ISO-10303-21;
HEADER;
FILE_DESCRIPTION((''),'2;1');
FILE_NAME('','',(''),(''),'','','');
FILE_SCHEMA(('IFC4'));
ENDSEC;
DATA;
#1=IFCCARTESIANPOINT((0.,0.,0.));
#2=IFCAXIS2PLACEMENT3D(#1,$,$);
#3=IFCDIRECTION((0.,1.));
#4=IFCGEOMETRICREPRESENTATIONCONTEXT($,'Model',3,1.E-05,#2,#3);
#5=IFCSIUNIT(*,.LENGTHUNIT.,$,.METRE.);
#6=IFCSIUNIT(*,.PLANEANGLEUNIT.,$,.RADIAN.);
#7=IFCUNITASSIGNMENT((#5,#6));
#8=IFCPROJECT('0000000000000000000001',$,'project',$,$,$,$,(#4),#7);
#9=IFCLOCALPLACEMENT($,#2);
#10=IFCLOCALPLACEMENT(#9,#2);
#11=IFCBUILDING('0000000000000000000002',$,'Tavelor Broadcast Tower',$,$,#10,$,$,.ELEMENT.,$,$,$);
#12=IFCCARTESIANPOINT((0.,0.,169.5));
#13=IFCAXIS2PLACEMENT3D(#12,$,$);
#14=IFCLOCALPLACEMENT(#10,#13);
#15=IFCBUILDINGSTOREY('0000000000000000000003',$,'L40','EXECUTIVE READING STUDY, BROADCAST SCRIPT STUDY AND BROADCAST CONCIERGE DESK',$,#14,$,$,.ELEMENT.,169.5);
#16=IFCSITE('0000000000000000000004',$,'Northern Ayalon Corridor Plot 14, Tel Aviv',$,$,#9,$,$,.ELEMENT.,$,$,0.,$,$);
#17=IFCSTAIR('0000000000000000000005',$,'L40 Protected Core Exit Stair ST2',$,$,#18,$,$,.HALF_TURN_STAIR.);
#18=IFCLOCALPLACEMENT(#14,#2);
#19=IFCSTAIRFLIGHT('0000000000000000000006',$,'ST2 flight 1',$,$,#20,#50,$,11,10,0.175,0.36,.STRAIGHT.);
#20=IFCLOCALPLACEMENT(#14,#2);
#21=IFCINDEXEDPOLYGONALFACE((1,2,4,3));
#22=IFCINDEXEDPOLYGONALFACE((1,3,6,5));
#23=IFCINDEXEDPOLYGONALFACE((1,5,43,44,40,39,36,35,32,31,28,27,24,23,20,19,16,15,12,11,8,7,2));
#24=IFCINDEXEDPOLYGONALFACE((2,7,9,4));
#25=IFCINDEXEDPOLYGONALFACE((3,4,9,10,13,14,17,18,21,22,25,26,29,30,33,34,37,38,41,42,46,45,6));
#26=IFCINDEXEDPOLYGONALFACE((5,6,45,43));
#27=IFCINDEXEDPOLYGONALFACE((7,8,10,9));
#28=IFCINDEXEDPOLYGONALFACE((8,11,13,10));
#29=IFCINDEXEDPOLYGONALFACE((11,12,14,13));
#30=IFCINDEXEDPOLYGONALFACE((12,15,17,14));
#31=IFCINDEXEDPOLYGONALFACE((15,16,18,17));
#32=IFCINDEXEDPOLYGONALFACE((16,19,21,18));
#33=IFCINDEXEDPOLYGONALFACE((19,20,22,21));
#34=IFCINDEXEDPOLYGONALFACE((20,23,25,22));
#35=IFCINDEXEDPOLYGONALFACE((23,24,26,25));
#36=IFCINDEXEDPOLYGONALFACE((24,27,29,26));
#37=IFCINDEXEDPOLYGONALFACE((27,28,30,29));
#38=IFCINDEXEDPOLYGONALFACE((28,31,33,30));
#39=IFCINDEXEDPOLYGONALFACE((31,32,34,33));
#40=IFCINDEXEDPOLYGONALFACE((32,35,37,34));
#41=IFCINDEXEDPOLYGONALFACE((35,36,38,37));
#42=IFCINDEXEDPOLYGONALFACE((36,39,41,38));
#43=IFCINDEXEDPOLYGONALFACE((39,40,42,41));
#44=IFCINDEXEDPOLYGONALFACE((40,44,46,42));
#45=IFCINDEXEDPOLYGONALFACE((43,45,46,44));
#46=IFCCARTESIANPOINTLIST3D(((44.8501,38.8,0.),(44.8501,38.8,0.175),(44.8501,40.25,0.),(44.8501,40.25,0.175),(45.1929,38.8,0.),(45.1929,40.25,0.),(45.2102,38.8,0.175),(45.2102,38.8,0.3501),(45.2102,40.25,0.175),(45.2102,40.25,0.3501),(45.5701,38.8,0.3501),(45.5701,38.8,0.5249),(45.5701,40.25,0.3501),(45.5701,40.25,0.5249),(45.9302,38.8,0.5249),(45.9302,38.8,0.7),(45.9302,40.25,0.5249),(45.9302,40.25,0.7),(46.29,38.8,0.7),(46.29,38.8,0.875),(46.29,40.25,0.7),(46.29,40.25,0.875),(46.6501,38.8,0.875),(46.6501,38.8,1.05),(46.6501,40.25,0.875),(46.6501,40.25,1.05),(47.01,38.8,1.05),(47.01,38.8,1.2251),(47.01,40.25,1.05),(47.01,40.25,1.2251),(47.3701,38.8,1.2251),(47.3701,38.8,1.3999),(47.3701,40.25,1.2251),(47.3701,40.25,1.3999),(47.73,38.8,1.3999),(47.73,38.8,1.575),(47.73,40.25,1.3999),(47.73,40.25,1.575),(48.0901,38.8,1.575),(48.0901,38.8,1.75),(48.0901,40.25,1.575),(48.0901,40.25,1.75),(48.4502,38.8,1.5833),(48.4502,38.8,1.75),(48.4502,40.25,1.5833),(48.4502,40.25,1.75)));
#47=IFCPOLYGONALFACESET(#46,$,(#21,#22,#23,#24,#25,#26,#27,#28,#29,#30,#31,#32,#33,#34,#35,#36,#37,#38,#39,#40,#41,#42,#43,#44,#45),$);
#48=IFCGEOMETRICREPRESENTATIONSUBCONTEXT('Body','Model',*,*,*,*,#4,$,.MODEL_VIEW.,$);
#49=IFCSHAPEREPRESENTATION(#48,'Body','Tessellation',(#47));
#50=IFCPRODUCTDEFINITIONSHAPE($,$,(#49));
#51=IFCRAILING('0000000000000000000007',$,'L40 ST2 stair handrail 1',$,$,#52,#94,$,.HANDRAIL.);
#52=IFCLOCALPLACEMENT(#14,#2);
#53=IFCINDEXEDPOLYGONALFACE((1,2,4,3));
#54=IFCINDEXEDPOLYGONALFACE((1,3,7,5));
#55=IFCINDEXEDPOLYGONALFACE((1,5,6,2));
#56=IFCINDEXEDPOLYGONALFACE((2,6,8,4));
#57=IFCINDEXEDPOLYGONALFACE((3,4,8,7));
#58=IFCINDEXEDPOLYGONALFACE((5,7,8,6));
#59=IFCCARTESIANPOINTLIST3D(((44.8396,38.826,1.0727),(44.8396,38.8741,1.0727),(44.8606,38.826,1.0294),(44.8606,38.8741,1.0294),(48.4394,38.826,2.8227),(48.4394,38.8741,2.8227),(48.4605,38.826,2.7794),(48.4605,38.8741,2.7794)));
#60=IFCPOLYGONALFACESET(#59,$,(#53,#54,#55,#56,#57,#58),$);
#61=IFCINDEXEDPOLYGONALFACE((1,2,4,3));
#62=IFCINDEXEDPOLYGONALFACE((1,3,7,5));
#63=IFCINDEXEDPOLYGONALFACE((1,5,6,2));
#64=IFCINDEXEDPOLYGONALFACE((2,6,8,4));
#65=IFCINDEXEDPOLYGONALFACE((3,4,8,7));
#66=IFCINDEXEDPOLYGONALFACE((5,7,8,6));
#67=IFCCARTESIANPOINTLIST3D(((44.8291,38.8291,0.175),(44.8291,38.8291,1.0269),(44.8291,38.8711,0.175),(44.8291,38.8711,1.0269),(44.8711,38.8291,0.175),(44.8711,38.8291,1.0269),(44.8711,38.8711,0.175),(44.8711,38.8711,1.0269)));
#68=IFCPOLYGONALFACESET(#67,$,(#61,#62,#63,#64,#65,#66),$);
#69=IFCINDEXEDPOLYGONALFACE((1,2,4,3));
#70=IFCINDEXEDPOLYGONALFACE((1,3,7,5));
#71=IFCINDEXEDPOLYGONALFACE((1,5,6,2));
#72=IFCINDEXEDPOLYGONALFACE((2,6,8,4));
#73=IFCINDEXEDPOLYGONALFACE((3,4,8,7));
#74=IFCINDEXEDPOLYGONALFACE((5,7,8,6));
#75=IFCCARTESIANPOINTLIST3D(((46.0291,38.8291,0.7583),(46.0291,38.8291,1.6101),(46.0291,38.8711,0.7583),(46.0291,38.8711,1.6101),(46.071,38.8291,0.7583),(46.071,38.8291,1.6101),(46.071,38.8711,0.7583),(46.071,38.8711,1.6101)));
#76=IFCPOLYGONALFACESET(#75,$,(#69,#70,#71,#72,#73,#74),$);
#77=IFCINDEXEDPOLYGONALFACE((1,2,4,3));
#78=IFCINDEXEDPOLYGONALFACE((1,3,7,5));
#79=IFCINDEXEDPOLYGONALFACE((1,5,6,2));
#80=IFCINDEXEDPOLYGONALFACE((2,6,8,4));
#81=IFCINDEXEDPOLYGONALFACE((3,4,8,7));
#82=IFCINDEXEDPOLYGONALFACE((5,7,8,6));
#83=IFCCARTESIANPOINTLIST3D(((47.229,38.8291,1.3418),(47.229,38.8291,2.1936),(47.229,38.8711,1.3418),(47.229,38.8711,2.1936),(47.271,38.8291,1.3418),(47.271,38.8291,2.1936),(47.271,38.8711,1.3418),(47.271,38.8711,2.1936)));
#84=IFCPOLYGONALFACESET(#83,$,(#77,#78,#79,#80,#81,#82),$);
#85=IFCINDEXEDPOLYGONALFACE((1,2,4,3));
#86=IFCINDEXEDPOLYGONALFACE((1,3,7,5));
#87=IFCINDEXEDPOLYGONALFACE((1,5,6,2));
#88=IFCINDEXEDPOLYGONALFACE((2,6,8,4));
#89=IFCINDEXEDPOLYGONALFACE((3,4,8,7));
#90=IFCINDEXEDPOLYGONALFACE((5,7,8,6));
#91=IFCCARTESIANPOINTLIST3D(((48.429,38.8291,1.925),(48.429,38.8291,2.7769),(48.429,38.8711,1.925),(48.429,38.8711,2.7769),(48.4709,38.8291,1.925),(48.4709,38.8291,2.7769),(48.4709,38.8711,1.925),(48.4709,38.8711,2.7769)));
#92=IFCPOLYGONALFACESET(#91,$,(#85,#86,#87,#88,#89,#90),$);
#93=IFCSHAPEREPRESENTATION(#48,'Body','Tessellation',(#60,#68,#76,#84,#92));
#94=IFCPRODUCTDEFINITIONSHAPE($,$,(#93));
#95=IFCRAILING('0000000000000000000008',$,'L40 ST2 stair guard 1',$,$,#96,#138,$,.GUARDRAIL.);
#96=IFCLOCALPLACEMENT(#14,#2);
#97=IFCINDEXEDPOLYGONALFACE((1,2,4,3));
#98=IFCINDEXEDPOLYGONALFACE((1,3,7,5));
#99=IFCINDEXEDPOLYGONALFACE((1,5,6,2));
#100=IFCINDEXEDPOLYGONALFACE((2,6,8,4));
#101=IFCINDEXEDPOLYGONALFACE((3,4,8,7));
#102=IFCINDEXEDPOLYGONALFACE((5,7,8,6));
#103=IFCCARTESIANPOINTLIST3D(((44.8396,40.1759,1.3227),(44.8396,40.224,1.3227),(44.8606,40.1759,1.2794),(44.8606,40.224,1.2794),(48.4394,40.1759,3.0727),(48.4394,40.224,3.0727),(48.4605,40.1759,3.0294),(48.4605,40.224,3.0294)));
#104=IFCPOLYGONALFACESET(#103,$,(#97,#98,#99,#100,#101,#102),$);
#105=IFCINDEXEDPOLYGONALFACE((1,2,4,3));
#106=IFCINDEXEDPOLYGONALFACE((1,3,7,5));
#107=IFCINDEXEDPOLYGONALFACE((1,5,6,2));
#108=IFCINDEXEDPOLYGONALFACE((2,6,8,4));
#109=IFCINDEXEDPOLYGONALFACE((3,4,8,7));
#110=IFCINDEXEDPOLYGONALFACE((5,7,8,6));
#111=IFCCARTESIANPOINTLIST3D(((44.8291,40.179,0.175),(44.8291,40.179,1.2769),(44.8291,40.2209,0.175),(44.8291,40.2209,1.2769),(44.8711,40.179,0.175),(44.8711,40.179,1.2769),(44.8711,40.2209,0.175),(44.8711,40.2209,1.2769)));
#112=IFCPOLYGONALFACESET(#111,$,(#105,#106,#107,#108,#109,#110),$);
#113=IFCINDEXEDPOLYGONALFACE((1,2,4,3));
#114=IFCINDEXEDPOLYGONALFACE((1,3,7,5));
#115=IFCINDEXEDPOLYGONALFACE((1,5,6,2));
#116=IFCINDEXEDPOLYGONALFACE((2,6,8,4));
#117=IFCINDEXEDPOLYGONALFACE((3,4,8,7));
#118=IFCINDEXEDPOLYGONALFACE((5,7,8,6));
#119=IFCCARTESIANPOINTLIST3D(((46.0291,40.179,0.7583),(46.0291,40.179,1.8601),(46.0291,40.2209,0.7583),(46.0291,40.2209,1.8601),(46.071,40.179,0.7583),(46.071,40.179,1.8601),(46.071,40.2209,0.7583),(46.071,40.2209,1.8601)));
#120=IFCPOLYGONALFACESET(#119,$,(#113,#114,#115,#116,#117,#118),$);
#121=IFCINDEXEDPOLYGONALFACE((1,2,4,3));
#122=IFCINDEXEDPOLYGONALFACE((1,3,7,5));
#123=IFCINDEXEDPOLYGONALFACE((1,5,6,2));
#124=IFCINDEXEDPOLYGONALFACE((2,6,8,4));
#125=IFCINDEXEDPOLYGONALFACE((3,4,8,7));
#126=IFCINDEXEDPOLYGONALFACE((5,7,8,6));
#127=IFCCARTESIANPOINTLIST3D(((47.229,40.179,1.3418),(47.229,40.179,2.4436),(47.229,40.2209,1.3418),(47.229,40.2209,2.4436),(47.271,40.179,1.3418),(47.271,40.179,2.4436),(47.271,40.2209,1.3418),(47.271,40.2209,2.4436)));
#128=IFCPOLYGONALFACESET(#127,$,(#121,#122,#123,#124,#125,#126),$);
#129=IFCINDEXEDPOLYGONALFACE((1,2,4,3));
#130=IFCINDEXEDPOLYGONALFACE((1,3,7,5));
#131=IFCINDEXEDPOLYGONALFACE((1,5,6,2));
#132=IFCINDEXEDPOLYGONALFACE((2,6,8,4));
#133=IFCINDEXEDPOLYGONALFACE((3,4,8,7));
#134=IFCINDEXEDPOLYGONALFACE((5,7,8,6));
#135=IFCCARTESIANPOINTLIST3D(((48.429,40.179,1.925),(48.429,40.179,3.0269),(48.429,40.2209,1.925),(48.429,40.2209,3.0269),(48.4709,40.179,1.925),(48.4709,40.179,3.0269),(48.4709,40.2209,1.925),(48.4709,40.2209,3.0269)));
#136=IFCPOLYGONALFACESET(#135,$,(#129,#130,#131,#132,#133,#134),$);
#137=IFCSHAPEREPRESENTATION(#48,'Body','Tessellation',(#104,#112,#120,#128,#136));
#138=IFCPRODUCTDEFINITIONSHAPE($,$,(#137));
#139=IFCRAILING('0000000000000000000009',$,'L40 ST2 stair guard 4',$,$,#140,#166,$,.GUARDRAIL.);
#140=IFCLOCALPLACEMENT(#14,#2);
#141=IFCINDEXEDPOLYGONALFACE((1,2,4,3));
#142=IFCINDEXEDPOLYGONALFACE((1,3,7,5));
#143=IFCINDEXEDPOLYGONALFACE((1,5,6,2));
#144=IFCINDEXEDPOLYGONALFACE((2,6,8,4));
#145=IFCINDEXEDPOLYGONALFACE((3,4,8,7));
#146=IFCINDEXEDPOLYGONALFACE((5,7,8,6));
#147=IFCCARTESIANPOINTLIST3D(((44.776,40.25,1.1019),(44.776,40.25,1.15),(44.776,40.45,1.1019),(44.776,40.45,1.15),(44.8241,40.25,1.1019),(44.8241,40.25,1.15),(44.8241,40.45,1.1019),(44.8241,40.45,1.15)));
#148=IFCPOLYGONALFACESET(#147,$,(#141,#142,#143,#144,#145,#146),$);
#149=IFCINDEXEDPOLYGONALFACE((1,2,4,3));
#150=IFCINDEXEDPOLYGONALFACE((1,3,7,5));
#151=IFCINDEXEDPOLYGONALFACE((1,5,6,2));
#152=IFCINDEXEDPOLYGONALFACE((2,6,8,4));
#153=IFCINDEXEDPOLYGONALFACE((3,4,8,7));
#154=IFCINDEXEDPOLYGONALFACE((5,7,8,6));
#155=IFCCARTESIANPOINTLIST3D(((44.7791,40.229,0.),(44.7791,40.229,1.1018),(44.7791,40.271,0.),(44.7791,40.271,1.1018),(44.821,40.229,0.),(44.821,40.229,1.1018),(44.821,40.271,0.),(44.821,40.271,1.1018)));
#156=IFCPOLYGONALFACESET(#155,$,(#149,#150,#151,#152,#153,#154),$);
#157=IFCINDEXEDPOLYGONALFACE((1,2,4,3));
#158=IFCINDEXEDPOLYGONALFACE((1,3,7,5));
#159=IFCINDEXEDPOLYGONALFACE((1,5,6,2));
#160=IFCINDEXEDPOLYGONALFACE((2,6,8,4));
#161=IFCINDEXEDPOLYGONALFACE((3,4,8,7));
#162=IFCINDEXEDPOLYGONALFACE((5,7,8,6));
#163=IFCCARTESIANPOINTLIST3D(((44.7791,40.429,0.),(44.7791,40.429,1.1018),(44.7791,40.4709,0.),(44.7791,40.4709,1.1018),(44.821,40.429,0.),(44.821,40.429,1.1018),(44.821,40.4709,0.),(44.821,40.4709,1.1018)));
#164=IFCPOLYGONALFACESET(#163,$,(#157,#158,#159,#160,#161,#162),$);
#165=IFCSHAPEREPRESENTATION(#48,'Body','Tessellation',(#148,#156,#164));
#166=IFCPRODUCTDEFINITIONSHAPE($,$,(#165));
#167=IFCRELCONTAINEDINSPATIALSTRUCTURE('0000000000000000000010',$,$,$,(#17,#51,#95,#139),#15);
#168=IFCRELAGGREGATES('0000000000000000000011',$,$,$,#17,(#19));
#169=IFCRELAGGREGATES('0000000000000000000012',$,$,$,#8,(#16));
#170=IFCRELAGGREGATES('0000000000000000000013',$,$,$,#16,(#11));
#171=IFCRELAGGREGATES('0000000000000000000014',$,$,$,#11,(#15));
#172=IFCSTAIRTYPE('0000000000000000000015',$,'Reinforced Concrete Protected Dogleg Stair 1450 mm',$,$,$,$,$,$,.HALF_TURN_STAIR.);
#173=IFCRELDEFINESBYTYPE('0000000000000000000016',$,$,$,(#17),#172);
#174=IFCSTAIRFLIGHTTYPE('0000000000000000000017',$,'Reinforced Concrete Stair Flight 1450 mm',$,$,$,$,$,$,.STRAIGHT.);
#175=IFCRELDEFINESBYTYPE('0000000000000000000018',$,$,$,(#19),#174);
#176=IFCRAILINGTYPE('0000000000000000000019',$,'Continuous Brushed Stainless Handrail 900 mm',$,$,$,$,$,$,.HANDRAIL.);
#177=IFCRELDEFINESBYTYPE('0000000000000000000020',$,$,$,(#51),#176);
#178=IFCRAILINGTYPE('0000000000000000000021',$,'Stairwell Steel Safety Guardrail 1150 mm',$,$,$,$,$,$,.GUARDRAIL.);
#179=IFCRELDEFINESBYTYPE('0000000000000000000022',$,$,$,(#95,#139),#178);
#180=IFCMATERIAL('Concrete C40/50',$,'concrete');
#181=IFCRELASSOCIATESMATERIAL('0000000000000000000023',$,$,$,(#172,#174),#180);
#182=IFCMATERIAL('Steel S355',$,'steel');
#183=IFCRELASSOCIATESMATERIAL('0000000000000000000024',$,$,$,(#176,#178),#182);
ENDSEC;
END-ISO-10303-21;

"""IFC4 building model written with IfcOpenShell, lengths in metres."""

from ifc_helpers import new_model, si_unit, direction, frame, origin, origin_2d, place, context, subcontext, project, spatial, polyline, rectangle, outline, extrude, material, type_object, element, aggregate, save


model = new_model("IFC4")

# Units and contexts
model_context = context("Model", 3, precision=1e-05, world=origin(), true_north=direction((0.0, 1.0)))
body_context = subcontext(model_context, "Body", "Model", "MODEL_VIEW")
ifc_project = project(units=[si_unit("LENGTHUNIT", "METRE"), si_unit("PLANEANGLEUNIT", "RADIAN")], contexts=[model_context])

# Site, building, storey
site_placement = place(None, origin())
site = spatial("IfcSite", under=ifc_project, at=site_placement, Name="Northern Ayalon Corridor Plot 14, Tel Aviv", CompositionType="ELEMENT", RefElevation=0.0)
building_placement = place(site_placement, origin())
building = spatial("IfcBuilding", under=site, at=building_placement, Name="Tavelor Broadcast Tower", CompositionType="ELEMENT")
storey_placement = place(building_placement, frame((0.0, 0.0, 169.5)))
storey = spatial("IfcBuildingStorey", under=building, at=storey_placement, Name="L40", Description="EXECUTIVE READING STUDY, BROADCAST SCRIPT STUDY AND BROADCAST CONCIERGE DESK", CompositionType="ELEMENT", Elevation=169.5)

# Shared definitions
ifc_material_1 = material(Name="Concrete C40/50", Category="concrete")
ifc_material_2 = material(Name="Steel S355", Category="steel")

# Stair, stair flight
stair_type = type_object("IfcStairType", Name="Reinforced Concrete Protected Dogleg Stair 1450 mm", PredefinedType="HALF_TURN_STAIR", material=ifc_material_1)
stair_placement = place(storey_placement, origin())
stair = element("IfcStair", 1, at=stair_placement, inside=storey, type_object=stair_type, Name="L40 Protected Core Exit Stair ST2", PredefinedType="HALF_TURN_STAIR")
stair_flight_type = type_object("IfcStairFlightType", Name="Reinforced Concrete Stair Flight 1450 mm", PredefinedType="STRAIGHT", material=ifc_material_1)
stair_flight_placement = place(storey_placement, frame((44.8501, 39.5249, 0.0), z_axis=(0.0, 0.0, 1.0), x_axis=(1.0, 0.0, 0.0)))
stair_flight = element("IfcStairFlight", 2, at=stair_flight_placement, type_object=stair_flight_type, Name="ST2 flight 1", NumberOfRisers=11, NumberOfTreads=10, PredefinedType="STRAIGHT", RiserHeight=0.175, TreadLength=0.36, context=body_context, shape_type="SweptSolid", body=[
    extrude(outline(polyline([(0.0, 0.0), (0.0, 0.175), (0.3601, 0.175), (0.3601, 0.3501), (0.72, 0.3501), (0.72, 0.5249), (1.0801, 0.5249), (1.0801, 0.7), (1.4399, 0.7), (1.4399, 0.875), (1.8, 0.875), (1.8, 1.05), (2.1599, 1.05), (2.1599, 1.2251), (2.52, 1.2251), (2.52, 1.3999), (2.8799, 1.3999), (2.8799, 1.575), (3.24, 1.575), (3.24, 1.75), (3.6001, 1.75), (3.6001, 1.925), (3.6001, 1.5833), (0.3428, 0.0), (0.0, 0.0)])), frame((0.0, 0.7251, 0.0), z_axis=(0.0, -1.0, 0.0), x_axis=(1.0, 0.0, 0.0)), (0.0, 0.0, 1.0), 1.45),
])
aggregate(stair, [stair_flight])

# Railings
railing_type_1 = type_object("IfcRailingType", Name="Continuous Brushed Stainless Handrail 900 mm", PredefinedType="HANDRAIL", material=ifc_material_2)
railing_1_placement = place(storey_placement, frame((44.8501, 38.8501, 0.175)))
element("IfcRailing", 3, at=railing_1_placement, inside=storey, type_object=railing_type_1, Name="L40 ST2 stair handrail 1", PredefinedType="HANDRAIL", context=body_context, shape_type="SweptSolid", body=[
    extrude(rectangle(XDim=0.0481, YDim=0.0481, at=origin_2d()), frame((0.0, 0.0, 0.876), z_axis=(0.899361, 0.0, 0.437207), x_axis=(0.0, 1.0, 0.0)), (0.0, 0.0, 1.0), 4.0027),
    extrude(rectangle(XDim=0.042, YDim=0.042, at=origin_2d()), origin(), (0.0, 0.0, 1.0), 0.8518),
    extrude(rectangle(XDim=0.042, YDim=0.042, at=origin_2d()), frame((1.2, 0.0, 0.5833)), (0.0, 0.0, 1.0), 0.8518),
    extrude(rectangle(XDim=0.042, YDim=0.042, at=origin_2d()), frame((2.3999, 0.0, 1.1667)), (0.0, 0.0, 1.0), 0.8518),
    extrude(rectangle(XDim=0.042, YDim=0.042, at=origin_2d()), frame((3.5999, 0.0, 1.75)), (0.0, 0.0, 1.0), 0.8518),
])
railing_type_2 = type_object("IfcRailingType", Name="Stairwell Steel Safety Guardrail 1150 mm", PredefinedType="GUARDRAIL", material=ifc_material_2)
railing_2_placement = place(storey_placement, frame((44.8501, 40.2, 0.175)))
element("IfcRailing", 4, at=railing_2_placement, inside=storey, type_object=railing_type_2, Name="L40 ST2 stair guard 1", PredefinedType="GUARDRAIL", context=body_context, shape_type="SweptSolid", body=[
    extrude(rectangle(XDim=0.0481, YDim=0.0481, at=origin_2d()), frame((0.0, 0.0, 1.126), z_axis=(0.899361, 0.0, 0.437207), x_axis=(0.0, 1.0, 0.0)), (0.0, 0.0, 1.0), 4.0027),
    extrude(rectangle(XDim=0.042, YDim=0.042, at=origin_2d()), origin(), (0.0, 0.0, 1.0), 1.1018),
    extrude(rectangle(XDim=0.042, YDim=0.042, at=origin_2d()), frame((1.2, 0.0, 0.5833)), (0.0, 0.0, 1.0), 1.1018),
    extrude(rectangle(XDim=0.042, YDim=0.042, at=origin_2d()), frame((2.3999, 0.0, 1.1667)), (0.0, 0.0, 1.0), 1.1018),
    extrude(rectangle(XDim=0.042, YDim=0.042, at=origin_2d()), frame((3.5999, 0.0, 1.75)), (0.0, 0.0, 1.0), 1.1018),
])
railing_3_placement = place(storey_placement, frame((44.8, 40.25, 0.0)))
element("IfcRailing", 5, at=railing_3_placement, inside=storey, type_object=railing_type_2, Name="L40 ST2 stair guard 4", PredefinedType="GUARDRAIL", context=body_context, shape_type="SweptSolid", body=[
    extrude(rectangle(XDim=0.0481, YDim=0.0481, at=origin_2d()), frame((0.0, 0.0, 1.126), z_axis=(0.0, 1.0, 0.0), x_axis=(-1.0, 0.0, 0.0)), (0.0, 0.0, 1.0), 0.2),
    extrude(rectangle(XDim=0.042, YDim=0.042, at=origin_2d()), origin(), (0.0, 0.0, 1.0), 1.1018),
    extrude(rectangle(XDim=0.042, YDim=0.042, at=origin_2d()), frame((0.0, 0.2, 0.0)), (0.0, 0.0, 1.0), 1.1018),
])

save(model, "model.ifc")
